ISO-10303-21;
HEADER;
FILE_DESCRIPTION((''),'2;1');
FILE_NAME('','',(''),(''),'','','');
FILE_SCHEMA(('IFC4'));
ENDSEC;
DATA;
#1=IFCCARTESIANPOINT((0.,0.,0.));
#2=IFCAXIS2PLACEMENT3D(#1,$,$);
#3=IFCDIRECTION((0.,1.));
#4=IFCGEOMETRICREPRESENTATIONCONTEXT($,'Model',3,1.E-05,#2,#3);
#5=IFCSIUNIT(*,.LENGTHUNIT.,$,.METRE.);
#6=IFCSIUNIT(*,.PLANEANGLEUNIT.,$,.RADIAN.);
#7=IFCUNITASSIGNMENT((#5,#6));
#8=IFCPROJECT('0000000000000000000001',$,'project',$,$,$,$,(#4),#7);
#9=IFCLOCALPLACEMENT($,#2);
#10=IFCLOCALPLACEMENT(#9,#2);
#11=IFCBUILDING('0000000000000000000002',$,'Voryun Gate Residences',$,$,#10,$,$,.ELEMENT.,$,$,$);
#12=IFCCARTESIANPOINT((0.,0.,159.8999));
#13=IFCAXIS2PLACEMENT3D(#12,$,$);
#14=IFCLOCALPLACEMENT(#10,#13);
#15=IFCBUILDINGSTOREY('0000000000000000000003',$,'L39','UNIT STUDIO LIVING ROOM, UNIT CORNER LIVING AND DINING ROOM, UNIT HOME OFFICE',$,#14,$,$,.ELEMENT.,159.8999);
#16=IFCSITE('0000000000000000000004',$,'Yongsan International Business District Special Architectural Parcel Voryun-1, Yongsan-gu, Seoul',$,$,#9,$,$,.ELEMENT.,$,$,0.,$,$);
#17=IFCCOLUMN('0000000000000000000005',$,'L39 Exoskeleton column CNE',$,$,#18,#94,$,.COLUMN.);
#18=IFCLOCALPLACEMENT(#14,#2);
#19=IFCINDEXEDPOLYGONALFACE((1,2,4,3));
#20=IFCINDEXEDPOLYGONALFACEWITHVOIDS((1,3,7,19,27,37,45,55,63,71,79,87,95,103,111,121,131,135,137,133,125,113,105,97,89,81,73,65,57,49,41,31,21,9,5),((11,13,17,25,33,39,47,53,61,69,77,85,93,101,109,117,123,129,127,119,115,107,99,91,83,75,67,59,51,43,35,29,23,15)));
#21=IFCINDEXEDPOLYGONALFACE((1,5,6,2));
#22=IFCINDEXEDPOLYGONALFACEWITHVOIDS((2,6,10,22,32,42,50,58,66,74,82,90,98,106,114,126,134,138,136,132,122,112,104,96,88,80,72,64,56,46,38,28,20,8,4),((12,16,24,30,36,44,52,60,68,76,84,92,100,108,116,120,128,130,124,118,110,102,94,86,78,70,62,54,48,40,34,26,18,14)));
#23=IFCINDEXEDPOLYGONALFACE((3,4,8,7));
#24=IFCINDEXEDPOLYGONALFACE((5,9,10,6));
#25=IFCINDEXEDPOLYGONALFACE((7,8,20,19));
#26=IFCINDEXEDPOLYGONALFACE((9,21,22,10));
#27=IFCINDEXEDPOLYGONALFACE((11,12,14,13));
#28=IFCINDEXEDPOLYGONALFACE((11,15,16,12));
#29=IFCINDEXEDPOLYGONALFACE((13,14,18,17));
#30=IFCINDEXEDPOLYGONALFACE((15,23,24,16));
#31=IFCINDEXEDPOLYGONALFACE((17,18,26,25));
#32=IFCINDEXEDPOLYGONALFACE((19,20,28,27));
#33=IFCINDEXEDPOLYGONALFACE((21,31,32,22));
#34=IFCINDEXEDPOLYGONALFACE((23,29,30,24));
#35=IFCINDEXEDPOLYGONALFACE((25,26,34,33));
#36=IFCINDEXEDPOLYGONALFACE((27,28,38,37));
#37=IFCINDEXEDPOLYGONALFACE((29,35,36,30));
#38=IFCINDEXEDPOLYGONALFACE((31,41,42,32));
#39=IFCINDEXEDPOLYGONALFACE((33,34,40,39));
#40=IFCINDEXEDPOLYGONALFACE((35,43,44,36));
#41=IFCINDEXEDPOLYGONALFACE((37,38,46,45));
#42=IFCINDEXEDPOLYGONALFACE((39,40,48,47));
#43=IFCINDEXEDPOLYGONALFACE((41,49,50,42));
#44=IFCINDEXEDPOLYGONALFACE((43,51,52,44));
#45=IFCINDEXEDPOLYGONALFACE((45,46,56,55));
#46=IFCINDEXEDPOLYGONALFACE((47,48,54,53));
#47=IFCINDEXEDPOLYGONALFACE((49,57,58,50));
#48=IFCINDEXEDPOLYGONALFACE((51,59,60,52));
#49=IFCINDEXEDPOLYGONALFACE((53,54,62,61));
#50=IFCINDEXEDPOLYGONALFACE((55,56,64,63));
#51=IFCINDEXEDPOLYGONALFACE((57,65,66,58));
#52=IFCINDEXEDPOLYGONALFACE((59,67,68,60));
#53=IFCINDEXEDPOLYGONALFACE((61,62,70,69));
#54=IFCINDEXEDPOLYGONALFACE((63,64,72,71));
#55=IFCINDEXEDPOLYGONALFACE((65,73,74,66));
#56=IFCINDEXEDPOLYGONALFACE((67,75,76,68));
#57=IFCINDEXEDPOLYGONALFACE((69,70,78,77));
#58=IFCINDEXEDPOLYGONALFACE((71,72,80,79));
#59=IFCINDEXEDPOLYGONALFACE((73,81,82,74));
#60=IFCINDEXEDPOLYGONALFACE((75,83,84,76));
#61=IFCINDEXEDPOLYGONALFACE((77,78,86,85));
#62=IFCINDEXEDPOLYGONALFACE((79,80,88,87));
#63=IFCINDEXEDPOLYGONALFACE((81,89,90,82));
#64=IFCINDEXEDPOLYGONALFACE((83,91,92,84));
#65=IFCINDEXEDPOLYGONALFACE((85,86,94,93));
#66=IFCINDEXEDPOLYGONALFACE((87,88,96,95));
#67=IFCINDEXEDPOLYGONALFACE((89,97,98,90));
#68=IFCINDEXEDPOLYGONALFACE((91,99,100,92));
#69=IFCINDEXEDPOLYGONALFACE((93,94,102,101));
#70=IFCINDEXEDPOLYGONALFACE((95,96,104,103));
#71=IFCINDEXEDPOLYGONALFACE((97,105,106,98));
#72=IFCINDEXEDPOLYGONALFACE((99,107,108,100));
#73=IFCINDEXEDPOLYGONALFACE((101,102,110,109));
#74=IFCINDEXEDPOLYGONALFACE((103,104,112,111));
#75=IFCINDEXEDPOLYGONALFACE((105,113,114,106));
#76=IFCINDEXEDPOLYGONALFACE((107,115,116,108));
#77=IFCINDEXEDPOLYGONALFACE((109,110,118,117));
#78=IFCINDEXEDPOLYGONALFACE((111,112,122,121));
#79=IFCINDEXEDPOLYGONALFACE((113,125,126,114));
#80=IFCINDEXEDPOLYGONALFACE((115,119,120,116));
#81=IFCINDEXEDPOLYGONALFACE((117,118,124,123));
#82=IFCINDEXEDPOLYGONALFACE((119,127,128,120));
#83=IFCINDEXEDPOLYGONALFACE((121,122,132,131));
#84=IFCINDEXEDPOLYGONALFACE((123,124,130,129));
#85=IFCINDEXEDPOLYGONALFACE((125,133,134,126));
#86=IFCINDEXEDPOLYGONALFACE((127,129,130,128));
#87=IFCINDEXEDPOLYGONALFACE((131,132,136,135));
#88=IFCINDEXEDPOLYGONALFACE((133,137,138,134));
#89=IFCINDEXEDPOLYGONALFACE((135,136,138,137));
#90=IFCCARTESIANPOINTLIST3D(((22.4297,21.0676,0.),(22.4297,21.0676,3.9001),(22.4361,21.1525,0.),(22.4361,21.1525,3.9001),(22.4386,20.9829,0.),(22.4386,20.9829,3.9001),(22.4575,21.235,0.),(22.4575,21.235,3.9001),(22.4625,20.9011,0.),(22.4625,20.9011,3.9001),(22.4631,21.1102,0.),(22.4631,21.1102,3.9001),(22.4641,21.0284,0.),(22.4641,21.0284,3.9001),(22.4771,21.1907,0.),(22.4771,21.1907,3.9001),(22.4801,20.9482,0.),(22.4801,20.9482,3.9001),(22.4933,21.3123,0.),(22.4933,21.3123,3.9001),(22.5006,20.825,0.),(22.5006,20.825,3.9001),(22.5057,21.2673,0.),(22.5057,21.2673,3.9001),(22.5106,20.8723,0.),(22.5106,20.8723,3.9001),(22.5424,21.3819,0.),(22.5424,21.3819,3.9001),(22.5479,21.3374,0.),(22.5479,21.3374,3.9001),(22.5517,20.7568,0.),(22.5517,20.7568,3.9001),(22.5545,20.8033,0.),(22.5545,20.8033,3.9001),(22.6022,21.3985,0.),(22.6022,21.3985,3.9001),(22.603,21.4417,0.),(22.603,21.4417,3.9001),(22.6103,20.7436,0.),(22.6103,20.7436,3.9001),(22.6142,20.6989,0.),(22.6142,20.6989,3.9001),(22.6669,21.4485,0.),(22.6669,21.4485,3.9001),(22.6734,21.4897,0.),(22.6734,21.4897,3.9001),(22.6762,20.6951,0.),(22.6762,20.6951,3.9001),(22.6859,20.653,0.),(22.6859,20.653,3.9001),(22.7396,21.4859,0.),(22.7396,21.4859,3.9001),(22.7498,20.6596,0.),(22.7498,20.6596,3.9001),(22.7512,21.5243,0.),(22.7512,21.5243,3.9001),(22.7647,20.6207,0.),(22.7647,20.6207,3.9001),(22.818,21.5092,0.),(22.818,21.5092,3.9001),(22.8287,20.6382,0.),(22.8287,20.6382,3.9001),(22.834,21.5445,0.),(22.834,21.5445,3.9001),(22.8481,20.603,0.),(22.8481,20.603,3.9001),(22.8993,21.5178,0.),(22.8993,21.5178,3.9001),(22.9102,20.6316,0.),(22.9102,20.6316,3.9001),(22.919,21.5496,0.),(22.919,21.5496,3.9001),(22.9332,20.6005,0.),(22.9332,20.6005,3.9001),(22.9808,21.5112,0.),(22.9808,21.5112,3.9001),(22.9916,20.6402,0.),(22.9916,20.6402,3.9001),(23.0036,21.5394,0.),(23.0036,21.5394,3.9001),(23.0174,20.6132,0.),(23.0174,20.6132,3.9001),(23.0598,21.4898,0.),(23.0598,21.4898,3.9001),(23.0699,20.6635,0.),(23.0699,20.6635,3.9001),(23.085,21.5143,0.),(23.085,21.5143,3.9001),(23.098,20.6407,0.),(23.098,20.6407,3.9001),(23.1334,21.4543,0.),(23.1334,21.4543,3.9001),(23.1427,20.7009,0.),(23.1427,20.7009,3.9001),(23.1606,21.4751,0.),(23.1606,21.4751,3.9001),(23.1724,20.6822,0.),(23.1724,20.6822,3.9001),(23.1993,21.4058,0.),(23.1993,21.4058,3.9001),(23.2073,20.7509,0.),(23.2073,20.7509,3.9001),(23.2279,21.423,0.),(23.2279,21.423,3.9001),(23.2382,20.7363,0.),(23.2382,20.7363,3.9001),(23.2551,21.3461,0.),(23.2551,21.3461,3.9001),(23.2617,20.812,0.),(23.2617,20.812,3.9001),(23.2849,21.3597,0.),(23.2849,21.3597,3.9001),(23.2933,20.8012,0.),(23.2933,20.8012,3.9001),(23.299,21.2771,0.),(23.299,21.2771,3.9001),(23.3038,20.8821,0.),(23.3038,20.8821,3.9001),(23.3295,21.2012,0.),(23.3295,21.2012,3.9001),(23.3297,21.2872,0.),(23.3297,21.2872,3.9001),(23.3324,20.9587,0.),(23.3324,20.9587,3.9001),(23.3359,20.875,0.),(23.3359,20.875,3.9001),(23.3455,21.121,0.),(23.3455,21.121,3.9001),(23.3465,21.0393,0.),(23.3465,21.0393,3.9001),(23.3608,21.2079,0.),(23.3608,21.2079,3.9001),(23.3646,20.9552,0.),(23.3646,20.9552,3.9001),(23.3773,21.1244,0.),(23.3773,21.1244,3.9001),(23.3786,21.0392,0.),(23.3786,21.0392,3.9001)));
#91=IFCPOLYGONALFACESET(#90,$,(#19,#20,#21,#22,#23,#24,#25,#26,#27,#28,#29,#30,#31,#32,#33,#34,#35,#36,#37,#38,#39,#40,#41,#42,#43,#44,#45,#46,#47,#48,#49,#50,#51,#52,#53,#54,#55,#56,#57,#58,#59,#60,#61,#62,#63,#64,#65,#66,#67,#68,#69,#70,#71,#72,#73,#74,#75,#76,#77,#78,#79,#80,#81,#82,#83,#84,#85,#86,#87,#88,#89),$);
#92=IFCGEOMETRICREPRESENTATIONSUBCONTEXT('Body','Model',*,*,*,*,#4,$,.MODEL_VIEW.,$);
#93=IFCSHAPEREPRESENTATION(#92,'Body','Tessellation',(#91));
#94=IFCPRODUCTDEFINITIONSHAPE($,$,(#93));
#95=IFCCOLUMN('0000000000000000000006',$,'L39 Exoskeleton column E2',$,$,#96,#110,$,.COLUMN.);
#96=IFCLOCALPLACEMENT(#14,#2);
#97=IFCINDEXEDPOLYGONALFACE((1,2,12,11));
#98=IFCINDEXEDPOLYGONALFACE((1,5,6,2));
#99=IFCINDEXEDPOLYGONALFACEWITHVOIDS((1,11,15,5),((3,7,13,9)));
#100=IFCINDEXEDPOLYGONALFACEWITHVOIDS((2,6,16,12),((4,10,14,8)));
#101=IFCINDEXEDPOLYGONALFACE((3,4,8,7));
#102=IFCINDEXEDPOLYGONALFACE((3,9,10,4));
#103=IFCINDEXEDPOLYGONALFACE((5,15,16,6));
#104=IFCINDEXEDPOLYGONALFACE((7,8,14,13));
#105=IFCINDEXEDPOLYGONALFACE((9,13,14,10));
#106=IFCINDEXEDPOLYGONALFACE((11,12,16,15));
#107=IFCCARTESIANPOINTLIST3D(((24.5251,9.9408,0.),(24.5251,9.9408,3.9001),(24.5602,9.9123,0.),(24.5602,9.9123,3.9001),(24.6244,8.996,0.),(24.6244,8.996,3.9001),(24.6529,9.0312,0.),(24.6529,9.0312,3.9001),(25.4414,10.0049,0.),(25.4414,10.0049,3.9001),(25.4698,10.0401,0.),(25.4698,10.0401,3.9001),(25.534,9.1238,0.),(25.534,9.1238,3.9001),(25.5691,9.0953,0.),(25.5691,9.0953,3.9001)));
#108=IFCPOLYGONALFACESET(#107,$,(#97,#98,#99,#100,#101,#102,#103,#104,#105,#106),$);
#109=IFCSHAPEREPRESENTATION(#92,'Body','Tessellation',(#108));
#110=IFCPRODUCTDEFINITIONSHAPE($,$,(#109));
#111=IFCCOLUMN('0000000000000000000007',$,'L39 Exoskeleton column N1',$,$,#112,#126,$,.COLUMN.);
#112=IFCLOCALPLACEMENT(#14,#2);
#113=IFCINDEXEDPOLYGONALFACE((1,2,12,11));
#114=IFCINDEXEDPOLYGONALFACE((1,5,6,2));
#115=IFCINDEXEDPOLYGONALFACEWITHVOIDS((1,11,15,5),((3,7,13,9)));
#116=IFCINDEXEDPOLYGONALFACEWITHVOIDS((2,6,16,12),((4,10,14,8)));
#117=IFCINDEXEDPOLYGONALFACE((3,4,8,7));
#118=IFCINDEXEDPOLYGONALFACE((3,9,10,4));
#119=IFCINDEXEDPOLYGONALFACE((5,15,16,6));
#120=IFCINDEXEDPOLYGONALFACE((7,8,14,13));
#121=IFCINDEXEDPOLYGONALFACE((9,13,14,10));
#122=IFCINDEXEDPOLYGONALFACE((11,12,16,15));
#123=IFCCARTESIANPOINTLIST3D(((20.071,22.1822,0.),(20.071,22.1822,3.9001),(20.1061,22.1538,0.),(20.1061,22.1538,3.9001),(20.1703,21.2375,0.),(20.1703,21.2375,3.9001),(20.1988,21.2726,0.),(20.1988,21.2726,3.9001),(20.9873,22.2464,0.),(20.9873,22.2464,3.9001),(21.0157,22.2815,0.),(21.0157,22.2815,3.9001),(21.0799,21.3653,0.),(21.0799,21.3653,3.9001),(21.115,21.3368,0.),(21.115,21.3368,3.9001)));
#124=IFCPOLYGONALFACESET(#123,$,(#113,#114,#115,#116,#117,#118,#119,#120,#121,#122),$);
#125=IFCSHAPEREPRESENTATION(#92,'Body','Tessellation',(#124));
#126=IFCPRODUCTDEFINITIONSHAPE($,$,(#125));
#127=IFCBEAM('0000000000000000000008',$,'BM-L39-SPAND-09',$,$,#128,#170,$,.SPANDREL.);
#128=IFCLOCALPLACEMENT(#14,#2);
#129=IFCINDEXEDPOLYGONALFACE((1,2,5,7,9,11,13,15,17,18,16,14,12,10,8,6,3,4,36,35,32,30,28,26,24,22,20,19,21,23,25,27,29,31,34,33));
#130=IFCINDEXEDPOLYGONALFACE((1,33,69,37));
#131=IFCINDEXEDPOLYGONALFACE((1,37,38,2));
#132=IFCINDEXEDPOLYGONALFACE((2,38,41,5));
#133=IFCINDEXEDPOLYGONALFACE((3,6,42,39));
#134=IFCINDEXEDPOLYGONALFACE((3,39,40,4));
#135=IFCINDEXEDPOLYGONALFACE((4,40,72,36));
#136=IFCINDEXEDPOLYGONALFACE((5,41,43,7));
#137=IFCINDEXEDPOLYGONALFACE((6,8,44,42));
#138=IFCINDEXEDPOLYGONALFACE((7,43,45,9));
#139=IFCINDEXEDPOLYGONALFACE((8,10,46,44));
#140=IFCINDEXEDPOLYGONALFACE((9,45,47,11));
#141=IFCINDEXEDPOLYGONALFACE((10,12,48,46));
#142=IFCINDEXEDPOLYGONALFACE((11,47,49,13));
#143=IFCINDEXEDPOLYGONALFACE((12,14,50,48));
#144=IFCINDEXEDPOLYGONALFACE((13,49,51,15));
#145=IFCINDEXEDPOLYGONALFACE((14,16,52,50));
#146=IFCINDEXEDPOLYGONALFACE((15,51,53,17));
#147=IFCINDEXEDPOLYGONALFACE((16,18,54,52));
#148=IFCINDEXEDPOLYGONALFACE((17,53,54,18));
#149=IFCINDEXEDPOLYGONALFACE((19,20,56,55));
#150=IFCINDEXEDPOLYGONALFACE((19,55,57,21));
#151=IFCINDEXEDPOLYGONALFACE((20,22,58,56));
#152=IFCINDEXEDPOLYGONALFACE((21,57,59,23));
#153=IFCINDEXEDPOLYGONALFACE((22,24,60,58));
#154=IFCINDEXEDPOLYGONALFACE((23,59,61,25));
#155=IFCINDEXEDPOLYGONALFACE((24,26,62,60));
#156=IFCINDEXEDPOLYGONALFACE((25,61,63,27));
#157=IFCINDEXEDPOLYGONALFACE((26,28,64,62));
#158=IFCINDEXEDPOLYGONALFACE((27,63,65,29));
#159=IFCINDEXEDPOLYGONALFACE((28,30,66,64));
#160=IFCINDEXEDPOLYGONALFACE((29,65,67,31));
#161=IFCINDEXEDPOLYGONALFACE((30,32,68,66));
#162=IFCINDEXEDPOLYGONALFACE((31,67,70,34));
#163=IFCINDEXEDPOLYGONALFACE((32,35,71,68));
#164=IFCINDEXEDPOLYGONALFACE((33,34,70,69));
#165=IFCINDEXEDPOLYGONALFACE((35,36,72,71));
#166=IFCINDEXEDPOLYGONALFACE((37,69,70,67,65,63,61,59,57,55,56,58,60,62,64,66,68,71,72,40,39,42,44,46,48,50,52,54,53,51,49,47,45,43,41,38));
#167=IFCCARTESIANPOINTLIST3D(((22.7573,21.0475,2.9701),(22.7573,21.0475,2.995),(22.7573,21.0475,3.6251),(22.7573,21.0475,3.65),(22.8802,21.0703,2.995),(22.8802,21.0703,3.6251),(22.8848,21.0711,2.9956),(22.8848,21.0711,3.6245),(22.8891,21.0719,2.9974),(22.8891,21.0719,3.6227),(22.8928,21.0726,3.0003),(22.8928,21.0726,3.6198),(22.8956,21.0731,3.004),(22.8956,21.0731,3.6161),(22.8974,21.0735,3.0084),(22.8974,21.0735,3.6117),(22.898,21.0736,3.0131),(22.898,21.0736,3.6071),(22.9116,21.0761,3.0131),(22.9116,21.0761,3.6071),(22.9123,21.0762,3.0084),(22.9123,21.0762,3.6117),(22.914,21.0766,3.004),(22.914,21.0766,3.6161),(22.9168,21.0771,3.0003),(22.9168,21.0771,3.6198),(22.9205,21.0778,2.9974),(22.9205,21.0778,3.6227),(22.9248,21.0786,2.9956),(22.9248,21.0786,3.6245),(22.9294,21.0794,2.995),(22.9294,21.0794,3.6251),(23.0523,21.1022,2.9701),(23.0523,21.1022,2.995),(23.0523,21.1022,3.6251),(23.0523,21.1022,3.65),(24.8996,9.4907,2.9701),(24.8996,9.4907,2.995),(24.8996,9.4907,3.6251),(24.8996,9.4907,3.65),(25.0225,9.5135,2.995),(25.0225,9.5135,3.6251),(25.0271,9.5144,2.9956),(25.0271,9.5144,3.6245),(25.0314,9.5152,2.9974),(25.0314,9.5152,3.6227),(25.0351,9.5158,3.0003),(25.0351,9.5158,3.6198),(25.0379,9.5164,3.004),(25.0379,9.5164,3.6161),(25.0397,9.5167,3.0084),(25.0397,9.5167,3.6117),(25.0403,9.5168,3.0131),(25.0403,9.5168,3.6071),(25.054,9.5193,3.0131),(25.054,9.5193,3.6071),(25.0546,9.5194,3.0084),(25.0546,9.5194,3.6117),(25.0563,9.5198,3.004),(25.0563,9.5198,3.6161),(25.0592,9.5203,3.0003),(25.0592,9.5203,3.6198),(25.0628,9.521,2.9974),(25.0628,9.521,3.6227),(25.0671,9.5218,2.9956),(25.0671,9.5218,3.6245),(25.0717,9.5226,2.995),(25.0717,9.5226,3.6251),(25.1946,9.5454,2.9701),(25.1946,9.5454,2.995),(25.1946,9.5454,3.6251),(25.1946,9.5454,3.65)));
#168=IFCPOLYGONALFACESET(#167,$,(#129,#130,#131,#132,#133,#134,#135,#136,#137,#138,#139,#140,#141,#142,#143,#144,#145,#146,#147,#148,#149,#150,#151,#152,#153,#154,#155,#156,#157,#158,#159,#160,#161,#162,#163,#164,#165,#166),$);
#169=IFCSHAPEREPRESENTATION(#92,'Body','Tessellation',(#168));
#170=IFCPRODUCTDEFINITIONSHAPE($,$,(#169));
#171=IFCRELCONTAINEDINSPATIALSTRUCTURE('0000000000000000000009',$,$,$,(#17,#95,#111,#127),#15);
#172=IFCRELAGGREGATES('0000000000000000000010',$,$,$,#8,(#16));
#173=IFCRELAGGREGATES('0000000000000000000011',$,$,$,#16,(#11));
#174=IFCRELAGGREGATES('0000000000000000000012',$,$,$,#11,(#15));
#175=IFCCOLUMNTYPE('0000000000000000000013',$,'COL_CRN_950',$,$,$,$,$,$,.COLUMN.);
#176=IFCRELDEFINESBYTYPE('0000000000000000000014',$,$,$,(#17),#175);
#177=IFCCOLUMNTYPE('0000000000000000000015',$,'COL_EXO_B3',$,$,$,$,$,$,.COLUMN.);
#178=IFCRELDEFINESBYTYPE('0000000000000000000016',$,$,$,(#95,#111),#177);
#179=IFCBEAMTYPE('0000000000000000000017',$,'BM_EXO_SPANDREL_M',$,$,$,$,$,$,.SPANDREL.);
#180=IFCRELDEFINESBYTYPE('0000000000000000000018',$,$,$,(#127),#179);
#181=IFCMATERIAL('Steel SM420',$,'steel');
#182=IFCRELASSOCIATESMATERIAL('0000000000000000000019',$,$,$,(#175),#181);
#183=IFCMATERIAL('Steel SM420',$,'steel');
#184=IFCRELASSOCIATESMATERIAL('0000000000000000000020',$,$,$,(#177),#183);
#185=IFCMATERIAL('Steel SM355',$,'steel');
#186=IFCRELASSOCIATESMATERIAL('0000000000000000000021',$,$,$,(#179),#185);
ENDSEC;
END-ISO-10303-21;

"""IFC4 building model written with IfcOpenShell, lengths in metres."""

from ifc_helpers import new_model, si_unit, direction, frame, origin, origin_2d, place, context, subcontext, project, spatial, hollow_rectangle, hollow_circle, i_section, extrude, material, material_profile, profile_set, type_object, element, save


model = new_model("IFC4")

# Units and contexts
model_context = context("Model", 3, precision=1e-05, world=origin(), true_north=direction((0.0, 1.0)))
body_context = subcontext(model_context, "Body", "Model", "MODEL_VIEW")
ifc_project = project(units=[si_unit("LENGTHUNIT", "METRE"), si_unit("PLANEANGLEUNIT", "RADIAN")], contexts=[model_context])

# Site, building, storey
site_placement = place(None, origin())
site = spatial("IfcSite", under=ifc_project, at=site_placement, Name="Yongsan International Business District Special Architectural Parcel Voryun-1, Yongsan-gu, Seoul", CompositionType="ELEMENT", RefElevation=0.0)
building_placement = place(site_placement, origin())
building = spatial("IfcBuilding", under=site, at=building_placement, Name="Voryun Gate Residences", CompositionType="ELEMENT")
storey_placement = place(building_placement, frame((0.0, 0.0, 159.8999)))
storey = spatial("IfcBuildingStorey", under=building, at=storey_placement, Name="L39", Description="UNIT STUDIO LIVING ROOM, UNIT CORNER LIVING AND DINING ROOM, UNIT HOME OFFICE", CompositionType="ELEMENT", Elevation=159.8999)

# Columns
ifc_material_1 = material(Name="Steel SM420", Category="steel")
ifc_material_profile_1 = material_profile(ifc_material_1, hollow_circle(Radius=0.4751, WallThickness=0.032, at=origin_2d()), Name="CHS-950x32")
ifc_profile_set_1 = profile_set([ifc_material_profile_1], Name="Steel SM420")
column_type_1 = type_object("IfcColumnType", Name="COL_CRN_950", PredefinedType="COLUMN", material=ifc_profile_set_1)
column_placement = place(storey_placement, frame((22.9048, 21.0747, 0.0), z_axis=(0.0, 0.0, 1.0), x_axis=(0.994522, 0.104528, 0.0)))
element("IfcColumn", 1, at=column_placement, inside=storey, type_object=column_type_1, Name="L39 Exoskeleton column CNE", PredefinedType="COLUMN", context=body_context, shape_type="SweptSolid", body=[
    extrude(hollow_circle(Radius=0.4751, WallThickness=0.032, at=origin_2d()), origin(), (0.0, 0.0, 1.0), 3.9001),
])
ifc_material_2 = material(Name="Steel SM420", Category="steel")
ifc_material_profile_2 = material_profile(ifc_material_2, hollow_rectangle(XDim=0.95, YDim=0.95, WallThickness=0.032, at=origin_2d()), Name="BOX-950x950x32")
ifc_profile_set_2 = profile_set([ifc_material_profile_2], Name="Steel SM420")
column_type_2 = type_object("IfcColumnType", Name="COL_EXO_B3", PredefinedType="COLUMN", material=ifc_profile_set_2)
for number, where, z_axis, x_axis, name in (
    (2, (25.0471, 9.5181, 0.0), (0.0, 0.0, 1.0), (0.994522, 0.104528, 0.0), "L39 Exoskeleton column E2"),
    (3, (20.593, 21.7595, 0.0), (0.0, 0.0, 1.0), (0.994522, 0.104528, 0.0), "L39 Exoskeleton column N1"),
):
    element("IfcColumn", number, at=place(storey_placement, frame(where, z_axis=z_axis, x_axis=x_axis)), inside=storey, type_object=column_type_2, Name=name, PredefinedType="COLUMN", context=body_context, shape_type="SweptSolid", body=[
        extrude(hollow_rectangle(XDim=0.95, YDim=0.95, WallThickness=0.032, at=origin_2d()), origin(), (0.0, 0.0, 1.0), 3.9001),
    ])

# Beam
ifc_material_3 = material(Name="Steel SM355", Category="steel")
ifc_material_profile_3 = material_profile(ifc_material_3, i_section(OverallWidth=0.3, OverallDepth=0.6799, WebThickness=0.0139, FlangeThickness=0.0249, FilletRadius=0.0181, at=origin_2d()), Name="H-680x300x14x25")
ifc_profile_set_3 = profile_set([ifc_material_profile_3], Name="Steel SM355")
beam_type_1 = type_object("IfcBeamType", Name="BM_EXO_SPANDREL_M", PredefinedType="SPANDREL", material=ifc_profile_set_3)
beam_1_placement = place(storey_placement, frame((25.0471, 9.5181, 3.3101), z_axis=(-0.182268, 0.983249, 0.0), x_axis=(-0.983249, -0.182268, 0.0)))
element("IfcBeam", 4, at=beam_1_placement, inside=storey, type_object=beam_type_1, Name="BM-L39-SPAND-09", PredefinedType="SPANDREL", context=body_context, shape_type="SweptSolid", body=[
    extrude(i_section(OverallWidth=0.3, OverallDepth=0.6799, WebThickness=0.0139, FlangeThickness=0.0249, FilletRadius=0.0181, at=origin_2d()), origin(), (0.0, 0.0, 1.0), 11.7537),
])

save(model, "model.ifc")
